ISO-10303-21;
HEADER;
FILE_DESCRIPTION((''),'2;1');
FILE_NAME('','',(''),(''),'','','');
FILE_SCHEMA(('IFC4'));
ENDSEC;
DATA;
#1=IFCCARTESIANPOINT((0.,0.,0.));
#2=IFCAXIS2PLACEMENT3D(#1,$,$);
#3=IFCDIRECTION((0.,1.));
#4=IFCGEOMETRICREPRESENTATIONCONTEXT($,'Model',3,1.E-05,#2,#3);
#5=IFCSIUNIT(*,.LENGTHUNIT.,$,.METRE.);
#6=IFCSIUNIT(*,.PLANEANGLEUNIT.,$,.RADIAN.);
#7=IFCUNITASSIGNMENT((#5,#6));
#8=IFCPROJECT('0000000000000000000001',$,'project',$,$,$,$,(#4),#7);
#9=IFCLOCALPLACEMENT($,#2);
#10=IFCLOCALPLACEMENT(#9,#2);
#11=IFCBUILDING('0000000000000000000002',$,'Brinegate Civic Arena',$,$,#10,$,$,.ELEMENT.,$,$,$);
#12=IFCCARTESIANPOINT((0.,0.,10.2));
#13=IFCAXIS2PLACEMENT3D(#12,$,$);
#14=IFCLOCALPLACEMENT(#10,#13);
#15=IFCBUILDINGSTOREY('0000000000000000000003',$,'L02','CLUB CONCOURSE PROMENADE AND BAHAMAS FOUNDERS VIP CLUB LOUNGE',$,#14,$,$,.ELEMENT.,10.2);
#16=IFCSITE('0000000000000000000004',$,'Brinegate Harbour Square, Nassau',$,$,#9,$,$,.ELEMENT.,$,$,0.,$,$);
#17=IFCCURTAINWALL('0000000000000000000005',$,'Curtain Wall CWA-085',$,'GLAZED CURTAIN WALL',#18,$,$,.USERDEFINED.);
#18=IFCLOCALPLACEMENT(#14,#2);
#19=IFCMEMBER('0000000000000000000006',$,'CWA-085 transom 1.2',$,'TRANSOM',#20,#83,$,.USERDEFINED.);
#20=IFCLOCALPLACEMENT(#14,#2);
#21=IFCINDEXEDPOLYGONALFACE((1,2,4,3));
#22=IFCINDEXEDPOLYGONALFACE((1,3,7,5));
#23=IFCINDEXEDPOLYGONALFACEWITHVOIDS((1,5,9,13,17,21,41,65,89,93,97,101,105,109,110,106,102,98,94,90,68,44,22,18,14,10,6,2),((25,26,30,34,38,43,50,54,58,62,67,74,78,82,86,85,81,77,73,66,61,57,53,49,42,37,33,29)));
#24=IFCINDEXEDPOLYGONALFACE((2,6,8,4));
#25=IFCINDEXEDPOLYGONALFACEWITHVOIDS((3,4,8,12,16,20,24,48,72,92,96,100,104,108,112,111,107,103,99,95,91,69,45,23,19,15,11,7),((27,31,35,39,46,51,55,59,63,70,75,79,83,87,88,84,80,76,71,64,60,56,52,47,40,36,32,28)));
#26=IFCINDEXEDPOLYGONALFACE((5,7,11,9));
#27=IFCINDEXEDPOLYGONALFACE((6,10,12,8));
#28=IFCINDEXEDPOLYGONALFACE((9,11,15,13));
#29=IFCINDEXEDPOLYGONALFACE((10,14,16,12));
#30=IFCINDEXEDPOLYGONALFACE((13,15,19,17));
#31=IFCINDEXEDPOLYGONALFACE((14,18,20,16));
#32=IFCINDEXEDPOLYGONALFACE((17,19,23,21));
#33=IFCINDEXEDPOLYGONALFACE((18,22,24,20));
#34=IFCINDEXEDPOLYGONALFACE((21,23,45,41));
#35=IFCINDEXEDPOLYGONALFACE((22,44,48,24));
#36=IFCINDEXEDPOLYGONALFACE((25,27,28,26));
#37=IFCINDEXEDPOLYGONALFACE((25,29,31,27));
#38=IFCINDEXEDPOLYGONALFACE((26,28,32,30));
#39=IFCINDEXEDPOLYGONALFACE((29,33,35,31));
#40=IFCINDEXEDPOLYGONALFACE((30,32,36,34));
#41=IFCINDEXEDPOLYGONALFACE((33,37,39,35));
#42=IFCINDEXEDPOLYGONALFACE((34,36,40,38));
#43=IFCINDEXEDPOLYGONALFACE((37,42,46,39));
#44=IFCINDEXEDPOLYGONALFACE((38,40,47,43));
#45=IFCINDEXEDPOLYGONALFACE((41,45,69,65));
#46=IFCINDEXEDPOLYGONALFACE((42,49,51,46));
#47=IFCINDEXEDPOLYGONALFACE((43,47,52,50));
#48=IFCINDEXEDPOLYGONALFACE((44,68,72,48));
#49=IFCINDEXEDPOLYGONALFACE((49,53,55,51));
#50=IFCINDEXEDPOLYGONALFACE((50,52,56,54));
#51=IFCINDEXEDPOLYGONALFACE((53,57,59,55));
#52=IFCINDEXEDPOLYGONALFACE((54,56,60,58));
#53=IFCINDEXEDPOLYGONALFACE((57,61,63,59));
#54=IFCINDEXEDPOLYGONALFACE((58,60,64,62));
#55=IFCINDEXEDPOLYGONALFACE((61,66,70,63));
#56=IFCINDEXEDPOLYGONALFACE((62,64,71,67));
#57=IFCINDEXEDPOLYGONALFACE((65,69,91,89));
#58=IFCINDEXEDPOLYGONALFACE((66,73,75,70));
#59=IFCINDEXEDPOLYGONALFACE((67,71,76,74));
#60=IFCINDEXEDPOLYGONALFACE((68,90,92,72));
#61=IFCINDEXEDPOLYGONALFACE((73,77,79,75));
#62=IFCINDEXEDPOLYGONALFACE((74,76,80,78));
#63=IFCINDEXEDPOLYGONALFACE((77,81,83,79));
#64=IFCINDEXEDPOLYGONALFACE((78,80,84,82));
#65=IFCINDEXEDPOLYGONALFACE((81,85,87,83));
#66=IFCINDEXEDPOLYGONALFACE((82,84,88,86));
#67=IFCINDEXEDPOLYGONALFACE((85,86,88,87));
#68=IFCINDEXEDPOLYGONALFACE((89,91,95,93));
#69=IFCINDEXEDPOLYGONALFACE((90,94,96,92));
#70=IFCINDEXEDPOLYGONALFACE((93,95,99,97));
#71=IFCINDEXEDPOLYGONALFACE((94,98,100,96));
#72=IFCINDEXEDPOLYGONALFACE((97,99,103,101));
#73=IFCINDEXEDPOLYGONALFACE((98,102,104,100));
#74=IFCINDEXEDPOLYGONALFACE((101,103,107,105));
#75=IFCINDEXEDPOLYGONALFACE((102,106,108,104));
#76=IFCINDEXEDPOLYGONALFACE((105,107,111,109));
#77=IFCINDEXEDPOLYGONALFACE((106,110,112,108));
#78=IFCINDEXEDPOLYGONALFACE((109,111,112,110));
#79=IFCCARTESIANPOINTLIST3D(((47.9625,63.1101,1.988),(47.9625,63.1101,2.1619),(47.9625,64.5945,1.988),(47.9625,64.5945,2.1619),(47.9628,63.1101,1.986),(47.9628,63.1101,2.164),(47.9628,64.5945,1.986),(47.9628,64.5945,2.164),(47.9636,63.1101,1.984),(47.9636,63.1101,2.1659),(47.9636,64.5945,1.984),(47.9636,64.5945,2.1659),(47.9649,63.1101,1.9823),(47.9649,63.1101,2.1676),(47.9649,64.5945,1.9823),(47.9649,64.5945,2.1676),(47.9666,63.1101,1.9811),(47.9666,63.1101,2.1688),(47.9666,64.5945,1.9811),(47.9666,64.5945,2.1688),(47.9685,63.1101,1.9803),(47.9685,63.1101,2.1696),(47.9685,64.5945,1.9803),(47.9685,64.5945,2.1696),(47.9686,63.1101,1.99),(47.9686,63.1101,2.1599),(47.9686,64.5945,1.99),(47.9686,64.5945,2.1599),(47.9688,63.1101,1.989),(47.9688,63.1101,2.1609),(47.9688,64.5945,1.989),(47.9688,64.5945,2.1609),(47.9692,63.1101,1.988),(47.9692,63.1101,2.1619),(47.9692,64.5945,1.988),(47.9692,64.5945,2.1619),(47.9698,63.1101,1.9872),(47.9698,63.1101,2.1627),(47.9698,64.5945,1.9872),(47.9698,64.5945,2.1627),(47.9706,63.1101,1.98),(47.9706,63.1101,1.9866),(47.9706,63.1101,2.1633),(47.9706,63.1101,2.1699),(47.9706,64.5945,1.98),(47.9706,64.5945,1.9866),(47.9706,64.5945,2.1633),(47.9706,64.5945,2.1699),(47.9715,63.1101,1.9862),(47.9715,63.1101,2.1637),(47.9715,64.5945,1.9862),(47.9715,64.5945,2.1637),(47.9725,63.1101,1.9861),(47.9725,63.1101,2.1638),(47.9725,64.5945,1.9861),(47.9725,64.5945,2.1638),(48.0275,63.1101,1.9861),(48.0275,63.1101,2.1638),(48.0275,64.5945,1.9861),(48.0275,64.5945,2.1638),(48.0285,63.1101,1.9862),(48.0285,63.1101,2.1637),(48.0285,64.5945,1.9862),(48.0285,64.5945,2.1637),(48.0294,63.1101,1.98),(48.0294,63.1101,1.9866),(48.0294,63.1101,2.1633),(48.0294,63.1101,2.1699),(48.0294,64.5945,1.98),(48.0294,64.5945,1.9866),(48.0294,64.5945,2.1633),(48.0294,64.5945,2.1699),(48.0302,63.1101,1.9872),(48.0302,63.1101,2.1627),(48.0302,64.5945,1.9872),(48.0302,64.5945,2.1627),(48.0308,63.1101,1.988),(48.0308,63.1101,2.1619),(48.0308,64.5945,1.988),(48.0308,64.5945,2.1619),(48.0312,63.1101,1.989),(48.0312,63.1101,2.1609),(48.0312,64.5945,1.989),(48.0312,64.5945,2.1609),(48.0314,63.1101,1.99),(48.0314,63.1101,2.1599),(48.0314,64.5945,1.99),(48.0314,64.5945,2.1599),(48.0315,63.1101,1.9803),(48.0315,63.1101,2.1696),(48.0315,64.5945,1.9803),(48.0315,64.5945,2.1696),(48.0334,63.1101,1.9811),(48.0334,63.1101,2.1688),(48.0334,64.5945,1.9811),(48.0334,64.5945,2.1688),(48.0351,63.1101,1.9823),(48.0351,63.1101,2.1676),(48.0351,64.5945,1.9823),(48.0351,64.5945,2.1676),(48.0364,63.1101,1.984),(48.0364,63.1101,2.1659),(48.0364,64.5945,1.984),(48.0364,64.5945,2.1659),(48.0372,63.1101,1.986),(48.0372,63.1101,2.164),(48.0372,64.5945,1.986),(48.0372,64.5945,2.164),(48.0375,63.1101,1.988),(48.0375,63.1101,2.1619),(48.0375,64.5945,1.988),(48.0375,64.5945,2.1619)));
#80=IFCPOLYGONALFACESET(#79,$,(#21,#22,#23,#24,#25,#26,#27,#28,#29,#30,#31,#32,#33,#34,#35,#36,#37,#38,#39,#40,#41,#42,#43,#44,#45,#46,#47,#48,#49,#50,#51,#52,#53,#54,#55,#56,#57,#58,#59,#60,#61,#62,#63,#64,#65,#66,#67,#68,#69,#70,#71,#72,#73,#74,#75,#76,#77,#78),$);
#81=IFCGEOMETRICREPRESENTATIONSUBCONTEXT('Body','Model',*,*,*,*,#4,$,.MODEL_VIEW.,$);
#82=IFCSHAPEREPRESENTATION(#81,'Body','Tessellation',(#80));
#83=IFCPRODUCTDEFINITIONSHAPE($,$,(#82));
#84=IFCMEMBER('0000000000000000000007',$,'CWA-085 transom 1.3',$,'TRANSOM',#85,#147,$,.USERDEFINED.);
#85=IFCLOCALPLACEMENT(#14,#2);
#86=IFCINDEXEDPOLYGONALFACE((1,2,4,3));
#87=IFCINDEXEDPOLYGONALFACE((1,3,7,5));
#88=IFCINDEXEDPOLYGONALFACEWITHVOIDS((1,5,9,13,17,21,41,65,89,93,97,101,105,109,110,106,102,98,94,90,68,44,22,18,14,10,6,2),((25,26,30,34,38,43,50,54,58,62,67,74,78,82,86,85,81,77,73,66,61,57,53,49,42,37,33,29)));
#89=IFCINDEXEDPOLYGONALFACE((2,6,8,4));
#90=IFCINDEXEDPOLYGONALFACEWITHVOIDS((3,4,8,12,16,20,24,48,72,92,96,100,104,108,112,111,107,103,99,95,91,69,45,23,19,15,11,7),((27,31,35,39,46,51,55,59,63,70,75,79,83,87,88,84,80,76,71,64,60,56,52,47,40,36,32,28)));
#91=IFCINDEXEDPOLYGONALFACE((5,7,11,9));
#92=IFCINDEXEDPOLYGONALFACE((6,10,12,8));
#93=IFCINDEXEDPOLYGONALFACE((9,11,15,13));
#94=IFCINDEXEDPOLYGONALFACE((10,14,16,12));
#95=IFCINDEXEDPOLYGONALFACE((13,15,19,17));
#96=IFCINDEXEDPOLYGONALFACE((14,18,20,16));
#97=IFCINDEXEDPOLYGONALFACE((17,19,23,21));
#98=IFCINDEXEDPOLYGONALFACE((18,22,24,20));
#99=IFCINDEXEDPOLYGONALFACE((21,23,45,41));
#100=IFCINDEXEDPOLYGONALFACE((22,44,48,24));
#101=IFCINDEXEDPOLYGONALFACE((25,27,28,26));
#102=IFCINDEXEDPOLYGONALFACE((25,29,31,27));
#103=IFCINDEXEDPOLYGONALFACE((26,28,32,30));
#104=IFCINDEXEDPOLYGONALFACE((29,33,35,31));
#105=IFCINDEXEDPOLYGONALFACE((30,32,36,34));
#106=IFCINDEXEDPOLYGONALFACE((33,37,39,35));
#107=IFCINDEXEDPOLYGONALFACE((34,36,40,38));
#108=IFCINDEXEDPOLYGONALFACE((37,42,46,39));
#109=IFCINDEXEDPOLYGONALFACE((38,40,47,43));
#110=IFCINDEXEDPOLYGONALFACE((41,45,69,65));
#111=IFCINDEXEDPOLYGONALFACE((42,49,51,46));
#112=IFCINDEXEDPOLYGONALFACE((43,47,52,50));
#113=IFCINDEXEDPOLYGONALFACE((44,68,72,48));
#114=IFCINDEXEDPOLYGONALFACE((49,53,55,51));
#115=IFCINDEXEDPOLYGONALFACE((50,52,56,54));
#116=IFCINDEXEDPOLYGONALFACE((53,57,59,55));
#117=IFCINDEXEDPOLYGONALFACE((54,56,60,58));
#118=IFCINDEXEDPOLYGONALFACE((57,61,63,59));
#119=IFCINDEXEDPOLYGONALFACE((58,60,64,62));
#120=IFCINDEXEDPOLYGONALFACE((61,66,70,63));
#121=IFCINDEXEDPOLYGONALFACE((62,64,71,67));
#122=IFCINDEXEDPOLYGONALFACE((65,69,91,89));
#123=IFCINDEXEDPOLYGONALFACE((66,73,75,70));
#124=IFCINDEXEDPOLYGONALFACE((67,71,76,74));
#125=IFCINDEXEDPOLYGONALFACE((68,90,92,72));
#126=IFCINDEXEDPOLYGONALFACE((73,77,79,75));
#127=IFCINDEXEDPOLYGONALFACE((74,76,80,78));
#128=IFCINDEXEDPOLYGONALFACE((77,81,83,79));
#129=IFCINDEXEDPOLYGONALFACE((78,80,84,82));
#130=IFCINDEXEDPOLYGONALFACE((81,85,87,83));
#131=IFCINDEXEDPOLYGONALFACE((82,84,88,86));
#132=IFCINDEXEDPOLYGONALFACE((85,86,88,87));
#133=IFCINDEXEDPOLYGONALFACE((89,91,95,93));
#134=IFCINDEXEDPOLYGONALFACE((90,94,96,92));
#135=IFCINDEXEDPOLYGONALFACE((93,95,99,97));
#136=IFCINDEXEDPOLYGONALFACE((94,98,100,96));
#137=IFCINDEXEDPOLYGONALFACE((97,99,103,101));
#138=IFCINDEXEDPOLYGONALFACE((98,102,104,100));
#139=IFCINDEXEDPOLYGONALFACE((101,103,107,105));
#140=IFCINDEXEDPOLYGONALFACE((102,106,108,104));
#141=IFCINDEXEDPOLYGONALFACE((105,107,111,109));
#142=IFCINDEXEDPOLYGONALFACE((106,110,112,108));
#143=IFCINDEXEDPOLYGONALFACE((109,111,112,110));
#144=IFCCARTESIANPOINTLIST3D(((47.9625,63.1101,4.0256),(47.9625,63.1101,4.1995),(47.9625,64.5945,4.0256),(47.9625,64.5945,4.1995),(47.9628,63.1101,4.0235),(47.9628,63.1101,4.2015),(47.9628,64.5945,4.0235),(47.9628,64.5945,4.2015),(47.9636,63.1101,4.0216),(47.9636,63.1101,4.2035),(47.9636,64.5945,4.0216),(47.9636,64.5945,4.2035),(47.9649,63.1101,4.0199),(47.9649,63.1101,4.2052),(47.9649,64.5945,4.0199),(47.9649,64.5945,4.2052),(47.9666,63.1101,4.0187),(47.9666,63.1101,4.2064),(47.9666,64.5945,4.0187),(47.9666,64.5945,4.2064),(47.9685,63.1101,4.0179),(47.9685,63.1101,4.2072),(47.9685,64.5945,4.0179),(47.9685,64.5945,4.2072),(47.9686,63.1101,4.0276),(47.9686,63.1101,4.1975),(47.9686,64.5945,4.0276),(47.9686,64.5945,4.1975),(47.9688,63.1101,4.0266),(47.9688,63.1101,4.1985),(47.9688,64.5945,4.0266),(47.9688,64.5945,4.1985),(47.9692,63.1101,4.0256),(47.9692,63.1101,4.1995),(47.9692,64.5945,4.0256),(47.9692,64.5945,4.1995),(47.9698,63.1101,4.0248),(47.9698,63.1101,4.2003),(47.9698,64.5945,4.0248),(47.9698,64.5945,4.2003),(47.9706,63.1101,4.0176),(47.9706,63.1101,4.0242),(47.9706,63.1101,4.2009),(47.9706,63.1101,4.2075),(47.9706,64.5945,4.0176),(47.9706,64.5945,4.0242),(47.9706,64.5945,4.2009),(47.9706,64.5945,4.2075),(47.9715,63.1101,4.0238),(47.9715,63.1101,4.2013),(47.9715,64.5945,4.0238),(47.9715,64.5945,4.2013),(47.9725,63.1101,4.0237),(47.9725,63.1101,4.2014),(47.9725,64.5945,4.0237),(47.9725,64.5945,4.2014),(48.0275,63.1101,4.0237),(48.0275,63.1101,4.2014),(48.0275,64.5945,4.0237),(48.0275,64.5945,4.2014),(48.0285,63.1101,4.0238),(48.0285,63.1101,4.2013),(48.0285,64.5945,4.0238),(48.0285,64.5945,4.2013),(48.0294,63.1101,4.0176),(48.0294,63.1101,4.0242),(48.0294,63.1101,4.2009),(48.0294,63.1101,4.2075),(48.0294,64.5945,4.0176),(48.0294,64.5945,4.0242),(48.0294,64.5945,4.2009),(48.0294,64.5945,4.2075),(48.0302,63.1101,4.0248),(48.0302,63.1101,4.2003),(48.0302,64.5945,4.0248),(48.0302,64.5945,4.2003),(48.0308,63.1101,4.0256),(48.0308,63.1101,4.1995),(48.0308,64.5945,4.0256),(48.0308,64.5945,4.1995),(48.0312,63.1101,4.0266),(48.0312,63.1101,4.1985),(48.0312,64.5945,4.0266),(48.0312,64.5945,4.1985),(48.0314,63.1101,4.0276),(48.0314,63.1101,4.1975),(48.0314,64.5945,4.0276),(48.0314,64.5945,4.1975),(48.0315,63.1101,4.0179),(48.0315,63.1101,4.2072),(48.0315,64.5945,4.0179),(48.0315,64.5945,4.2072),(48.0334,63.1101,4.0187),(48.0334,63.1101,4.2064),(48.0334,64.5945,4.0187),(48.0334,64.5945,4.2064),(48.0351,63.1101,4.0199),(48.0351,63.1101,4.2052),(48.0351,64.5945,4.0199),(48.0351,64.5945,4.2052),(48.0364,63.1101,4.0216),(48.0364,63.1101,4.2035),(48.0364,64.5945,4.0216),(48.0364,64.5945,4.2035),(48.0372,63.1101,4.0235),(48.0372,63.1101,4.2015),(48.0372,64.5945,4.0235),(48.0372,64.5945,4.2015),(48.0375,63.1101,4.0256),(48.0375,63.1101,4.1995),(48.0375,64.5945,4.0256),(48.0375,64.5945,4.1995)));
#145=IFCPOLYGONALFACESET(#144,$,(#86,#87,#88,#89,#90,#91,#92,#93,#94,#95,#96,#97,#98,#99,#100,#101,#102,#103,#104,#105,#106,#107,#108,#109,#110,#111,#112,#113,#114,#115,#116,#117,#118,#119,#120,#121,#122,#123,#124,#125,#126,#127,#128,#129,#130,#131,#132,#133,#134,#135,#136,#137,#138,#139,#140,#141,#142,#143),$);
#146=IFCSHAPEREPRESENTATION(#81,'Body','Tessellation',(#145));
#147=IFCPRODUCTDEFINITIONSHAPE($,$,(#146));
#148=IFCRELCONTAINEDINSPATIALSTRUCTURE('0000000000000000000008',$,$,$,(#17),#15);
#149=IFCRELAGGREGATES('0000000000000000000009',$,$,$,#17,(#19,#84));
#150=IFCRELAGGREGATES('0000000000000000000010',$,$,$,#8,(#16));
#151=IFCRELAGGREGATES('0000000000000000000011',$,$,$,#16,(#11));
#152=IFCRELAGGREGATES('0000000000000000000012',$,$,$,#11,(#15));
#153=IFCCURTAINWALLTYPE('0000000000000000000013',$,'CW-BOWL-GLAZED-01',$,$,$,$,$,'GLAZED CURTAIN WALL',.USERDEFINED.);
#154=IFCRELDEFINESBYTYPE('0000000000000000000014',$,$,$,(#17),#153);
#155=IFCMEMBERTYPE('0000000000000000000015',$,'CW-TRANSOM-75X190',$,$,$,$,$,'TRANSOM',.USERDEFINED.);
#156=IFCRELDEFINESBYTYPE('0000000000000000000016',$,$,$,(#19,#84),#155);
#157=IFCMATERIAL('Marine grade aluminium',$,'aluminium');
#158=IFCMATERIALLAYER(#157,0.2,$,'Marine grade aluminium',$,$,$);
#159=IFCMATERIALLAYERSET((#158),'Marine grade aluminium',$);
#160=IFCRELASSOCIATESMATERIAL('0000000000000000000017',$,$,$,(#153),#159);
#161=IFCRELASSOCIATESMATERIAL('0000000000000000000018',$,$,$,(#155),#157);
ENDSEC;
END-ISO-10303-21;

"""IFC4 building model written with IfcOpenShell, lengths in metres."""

from ifc_helpers import new_model, si_unit, direction, frame, origin, origin_2d, place, context, subcontext, project, spatial, hollow_rectangle, extrude, material, layer, layer_set, material_profile, profile_set, type_object, element, aggregate, save


model = new_model("IFC4")

# Units and contexts
model_context = context("Model", 3, precision=1e-05, world=origin(), true_north=direction((0.0, 1.0)))
body_context = subcontext(model_context, "Body", "Model", "MODEL_VIEW")
ifc_project = project(units=[si_unit("LENGTHUNIT", "METRE"), si_unit("PLANEANGLEUNIT", "RADIAN")], contexts=[model_context])

# Site, building, storey
site_placement = place(None, origin())
site = spatial("IfcSite", under=ifc_project, at=site_placement, Name="Brinegate Harbour Square, Nassau", CompositionType="ELEMENT", RefElevation=0.0)
building_placement = place(site_placement, origin())
building = spatial("IfcBuilding", under=site, at=building_placement, Name="Brinegate Civic Arena", CompositionType="ELEMENT")
storey_placement = place(building_placement, frame((0.0, 0.0, 10.2)))
storey = spatial("IfcBuildingStorey", under=building, at=storey_placement, Name="L02", Description="CLUB CONCOURSE PROMENADE AND BAHAMAS FOUNDERS VIP CLUB LOUNGE", CompositionType="ELEMENT", Elevation=10.2)

# Curtain wall
ifc_material_1 = material(Name="Marine grade aluminium", Category="aluminium")
ifc_layer_1 = layer(ifc_material_1, 0.2, Name="Marine grade aluminium")
ifc_layer_set_1 = layer_set([ifc_layer_1], Name="Marine grade aluminium")
curtain_wall_type = type_object("IfcCurtainWallType", Name="CW-BOWL-GLAZED-01", ElementType="GLAZED CURTAIN WALL", PredefinedType="USERDEFINED", material=ifc_layer_set_1)
curtain_wall_1_placement = place(storey_placement, origin())
curtain_wall_1 = element("IfcCurtainWall", 1, at=curtain_wall_1_placement, inside=storey, type_object=curtain_wall_type, Name="Curtain Wall CWA-085", ObjectType="GLAZED CURTAIN WALL", PredefinedType="USERDEFINED")

# Members
ifc_material_profile_1 = material_profile(ifc_material_1, hollow_rectangle(XDim=0.075, YDim=0.1899, WallThickness=0.0061, InnerFilletRadius=0.0039, OuterFilletRadius=0.0081, at=origin_2d()), Name="TRN75X190")
ifc_profile_set_1 = profile_set([ifc_material_profile_1], Name="Marine grade aluminium")
member_type_1 = type_object("IfcMemberType", Name="CW-TRANSOM-75X190", ElementType="TRANSOM", PredefinedType="USERDEFINED", material=ifc_profile_set_1)
member_1_placement = place(storey_placement, frame((48.0, 63.1101, 2.075), z_axis=(0.0, 1.0, 0.0), x_axis=(-1.0, 0.0, 0.0)))
member_1 = element("IfcMember", 2, at=member_1_placement, type_object=member_type_1, Name="CWA-085 transom 1.2", ObjectType="TRANSOM", PredefinedType="USERDEFINED", context=body_context, shape_type="SweptSolid", body=[
    extrude(hollow_rectangle(XDim=0.075, YDim=0.1899, WallThickness=0.0061, InnerFilletRadius=0.0039, OuterFilletRadius=0.0081, at=origin_2d()), origin(), (0.0, 0.0, 1.0), 1.4844),
])
member_2_placement = place(storey_placement, frame((48.0, 63.1101, 4.1125), z_axis=(0.0, 1.0, 0.0), x_axis=(-1.0, 0.0, 0.0)))
member_2 = element("IfcMember", 3, at=member_2_placement, type_object=member_type_1, Name="CWA-085 transom 1.3", ObjectType="TRANSOM", PredefinedType="USERDEFINED", context=body_context, shape_type="SweptSolid", body=[
    extrude(hollow_rectangle(XDim=0.075, YDim=0.1899, WallThickness=0.0061, InnerFilletRadius=0.0039, OuterFilletRadius=0.0081, at=origin_2d()), origin(), (0.0, 0.0, 1.0), 1.4844),
])

aggregate(curtain_wall_1, [member_1, member_2])

save(model, "model.ifc")
